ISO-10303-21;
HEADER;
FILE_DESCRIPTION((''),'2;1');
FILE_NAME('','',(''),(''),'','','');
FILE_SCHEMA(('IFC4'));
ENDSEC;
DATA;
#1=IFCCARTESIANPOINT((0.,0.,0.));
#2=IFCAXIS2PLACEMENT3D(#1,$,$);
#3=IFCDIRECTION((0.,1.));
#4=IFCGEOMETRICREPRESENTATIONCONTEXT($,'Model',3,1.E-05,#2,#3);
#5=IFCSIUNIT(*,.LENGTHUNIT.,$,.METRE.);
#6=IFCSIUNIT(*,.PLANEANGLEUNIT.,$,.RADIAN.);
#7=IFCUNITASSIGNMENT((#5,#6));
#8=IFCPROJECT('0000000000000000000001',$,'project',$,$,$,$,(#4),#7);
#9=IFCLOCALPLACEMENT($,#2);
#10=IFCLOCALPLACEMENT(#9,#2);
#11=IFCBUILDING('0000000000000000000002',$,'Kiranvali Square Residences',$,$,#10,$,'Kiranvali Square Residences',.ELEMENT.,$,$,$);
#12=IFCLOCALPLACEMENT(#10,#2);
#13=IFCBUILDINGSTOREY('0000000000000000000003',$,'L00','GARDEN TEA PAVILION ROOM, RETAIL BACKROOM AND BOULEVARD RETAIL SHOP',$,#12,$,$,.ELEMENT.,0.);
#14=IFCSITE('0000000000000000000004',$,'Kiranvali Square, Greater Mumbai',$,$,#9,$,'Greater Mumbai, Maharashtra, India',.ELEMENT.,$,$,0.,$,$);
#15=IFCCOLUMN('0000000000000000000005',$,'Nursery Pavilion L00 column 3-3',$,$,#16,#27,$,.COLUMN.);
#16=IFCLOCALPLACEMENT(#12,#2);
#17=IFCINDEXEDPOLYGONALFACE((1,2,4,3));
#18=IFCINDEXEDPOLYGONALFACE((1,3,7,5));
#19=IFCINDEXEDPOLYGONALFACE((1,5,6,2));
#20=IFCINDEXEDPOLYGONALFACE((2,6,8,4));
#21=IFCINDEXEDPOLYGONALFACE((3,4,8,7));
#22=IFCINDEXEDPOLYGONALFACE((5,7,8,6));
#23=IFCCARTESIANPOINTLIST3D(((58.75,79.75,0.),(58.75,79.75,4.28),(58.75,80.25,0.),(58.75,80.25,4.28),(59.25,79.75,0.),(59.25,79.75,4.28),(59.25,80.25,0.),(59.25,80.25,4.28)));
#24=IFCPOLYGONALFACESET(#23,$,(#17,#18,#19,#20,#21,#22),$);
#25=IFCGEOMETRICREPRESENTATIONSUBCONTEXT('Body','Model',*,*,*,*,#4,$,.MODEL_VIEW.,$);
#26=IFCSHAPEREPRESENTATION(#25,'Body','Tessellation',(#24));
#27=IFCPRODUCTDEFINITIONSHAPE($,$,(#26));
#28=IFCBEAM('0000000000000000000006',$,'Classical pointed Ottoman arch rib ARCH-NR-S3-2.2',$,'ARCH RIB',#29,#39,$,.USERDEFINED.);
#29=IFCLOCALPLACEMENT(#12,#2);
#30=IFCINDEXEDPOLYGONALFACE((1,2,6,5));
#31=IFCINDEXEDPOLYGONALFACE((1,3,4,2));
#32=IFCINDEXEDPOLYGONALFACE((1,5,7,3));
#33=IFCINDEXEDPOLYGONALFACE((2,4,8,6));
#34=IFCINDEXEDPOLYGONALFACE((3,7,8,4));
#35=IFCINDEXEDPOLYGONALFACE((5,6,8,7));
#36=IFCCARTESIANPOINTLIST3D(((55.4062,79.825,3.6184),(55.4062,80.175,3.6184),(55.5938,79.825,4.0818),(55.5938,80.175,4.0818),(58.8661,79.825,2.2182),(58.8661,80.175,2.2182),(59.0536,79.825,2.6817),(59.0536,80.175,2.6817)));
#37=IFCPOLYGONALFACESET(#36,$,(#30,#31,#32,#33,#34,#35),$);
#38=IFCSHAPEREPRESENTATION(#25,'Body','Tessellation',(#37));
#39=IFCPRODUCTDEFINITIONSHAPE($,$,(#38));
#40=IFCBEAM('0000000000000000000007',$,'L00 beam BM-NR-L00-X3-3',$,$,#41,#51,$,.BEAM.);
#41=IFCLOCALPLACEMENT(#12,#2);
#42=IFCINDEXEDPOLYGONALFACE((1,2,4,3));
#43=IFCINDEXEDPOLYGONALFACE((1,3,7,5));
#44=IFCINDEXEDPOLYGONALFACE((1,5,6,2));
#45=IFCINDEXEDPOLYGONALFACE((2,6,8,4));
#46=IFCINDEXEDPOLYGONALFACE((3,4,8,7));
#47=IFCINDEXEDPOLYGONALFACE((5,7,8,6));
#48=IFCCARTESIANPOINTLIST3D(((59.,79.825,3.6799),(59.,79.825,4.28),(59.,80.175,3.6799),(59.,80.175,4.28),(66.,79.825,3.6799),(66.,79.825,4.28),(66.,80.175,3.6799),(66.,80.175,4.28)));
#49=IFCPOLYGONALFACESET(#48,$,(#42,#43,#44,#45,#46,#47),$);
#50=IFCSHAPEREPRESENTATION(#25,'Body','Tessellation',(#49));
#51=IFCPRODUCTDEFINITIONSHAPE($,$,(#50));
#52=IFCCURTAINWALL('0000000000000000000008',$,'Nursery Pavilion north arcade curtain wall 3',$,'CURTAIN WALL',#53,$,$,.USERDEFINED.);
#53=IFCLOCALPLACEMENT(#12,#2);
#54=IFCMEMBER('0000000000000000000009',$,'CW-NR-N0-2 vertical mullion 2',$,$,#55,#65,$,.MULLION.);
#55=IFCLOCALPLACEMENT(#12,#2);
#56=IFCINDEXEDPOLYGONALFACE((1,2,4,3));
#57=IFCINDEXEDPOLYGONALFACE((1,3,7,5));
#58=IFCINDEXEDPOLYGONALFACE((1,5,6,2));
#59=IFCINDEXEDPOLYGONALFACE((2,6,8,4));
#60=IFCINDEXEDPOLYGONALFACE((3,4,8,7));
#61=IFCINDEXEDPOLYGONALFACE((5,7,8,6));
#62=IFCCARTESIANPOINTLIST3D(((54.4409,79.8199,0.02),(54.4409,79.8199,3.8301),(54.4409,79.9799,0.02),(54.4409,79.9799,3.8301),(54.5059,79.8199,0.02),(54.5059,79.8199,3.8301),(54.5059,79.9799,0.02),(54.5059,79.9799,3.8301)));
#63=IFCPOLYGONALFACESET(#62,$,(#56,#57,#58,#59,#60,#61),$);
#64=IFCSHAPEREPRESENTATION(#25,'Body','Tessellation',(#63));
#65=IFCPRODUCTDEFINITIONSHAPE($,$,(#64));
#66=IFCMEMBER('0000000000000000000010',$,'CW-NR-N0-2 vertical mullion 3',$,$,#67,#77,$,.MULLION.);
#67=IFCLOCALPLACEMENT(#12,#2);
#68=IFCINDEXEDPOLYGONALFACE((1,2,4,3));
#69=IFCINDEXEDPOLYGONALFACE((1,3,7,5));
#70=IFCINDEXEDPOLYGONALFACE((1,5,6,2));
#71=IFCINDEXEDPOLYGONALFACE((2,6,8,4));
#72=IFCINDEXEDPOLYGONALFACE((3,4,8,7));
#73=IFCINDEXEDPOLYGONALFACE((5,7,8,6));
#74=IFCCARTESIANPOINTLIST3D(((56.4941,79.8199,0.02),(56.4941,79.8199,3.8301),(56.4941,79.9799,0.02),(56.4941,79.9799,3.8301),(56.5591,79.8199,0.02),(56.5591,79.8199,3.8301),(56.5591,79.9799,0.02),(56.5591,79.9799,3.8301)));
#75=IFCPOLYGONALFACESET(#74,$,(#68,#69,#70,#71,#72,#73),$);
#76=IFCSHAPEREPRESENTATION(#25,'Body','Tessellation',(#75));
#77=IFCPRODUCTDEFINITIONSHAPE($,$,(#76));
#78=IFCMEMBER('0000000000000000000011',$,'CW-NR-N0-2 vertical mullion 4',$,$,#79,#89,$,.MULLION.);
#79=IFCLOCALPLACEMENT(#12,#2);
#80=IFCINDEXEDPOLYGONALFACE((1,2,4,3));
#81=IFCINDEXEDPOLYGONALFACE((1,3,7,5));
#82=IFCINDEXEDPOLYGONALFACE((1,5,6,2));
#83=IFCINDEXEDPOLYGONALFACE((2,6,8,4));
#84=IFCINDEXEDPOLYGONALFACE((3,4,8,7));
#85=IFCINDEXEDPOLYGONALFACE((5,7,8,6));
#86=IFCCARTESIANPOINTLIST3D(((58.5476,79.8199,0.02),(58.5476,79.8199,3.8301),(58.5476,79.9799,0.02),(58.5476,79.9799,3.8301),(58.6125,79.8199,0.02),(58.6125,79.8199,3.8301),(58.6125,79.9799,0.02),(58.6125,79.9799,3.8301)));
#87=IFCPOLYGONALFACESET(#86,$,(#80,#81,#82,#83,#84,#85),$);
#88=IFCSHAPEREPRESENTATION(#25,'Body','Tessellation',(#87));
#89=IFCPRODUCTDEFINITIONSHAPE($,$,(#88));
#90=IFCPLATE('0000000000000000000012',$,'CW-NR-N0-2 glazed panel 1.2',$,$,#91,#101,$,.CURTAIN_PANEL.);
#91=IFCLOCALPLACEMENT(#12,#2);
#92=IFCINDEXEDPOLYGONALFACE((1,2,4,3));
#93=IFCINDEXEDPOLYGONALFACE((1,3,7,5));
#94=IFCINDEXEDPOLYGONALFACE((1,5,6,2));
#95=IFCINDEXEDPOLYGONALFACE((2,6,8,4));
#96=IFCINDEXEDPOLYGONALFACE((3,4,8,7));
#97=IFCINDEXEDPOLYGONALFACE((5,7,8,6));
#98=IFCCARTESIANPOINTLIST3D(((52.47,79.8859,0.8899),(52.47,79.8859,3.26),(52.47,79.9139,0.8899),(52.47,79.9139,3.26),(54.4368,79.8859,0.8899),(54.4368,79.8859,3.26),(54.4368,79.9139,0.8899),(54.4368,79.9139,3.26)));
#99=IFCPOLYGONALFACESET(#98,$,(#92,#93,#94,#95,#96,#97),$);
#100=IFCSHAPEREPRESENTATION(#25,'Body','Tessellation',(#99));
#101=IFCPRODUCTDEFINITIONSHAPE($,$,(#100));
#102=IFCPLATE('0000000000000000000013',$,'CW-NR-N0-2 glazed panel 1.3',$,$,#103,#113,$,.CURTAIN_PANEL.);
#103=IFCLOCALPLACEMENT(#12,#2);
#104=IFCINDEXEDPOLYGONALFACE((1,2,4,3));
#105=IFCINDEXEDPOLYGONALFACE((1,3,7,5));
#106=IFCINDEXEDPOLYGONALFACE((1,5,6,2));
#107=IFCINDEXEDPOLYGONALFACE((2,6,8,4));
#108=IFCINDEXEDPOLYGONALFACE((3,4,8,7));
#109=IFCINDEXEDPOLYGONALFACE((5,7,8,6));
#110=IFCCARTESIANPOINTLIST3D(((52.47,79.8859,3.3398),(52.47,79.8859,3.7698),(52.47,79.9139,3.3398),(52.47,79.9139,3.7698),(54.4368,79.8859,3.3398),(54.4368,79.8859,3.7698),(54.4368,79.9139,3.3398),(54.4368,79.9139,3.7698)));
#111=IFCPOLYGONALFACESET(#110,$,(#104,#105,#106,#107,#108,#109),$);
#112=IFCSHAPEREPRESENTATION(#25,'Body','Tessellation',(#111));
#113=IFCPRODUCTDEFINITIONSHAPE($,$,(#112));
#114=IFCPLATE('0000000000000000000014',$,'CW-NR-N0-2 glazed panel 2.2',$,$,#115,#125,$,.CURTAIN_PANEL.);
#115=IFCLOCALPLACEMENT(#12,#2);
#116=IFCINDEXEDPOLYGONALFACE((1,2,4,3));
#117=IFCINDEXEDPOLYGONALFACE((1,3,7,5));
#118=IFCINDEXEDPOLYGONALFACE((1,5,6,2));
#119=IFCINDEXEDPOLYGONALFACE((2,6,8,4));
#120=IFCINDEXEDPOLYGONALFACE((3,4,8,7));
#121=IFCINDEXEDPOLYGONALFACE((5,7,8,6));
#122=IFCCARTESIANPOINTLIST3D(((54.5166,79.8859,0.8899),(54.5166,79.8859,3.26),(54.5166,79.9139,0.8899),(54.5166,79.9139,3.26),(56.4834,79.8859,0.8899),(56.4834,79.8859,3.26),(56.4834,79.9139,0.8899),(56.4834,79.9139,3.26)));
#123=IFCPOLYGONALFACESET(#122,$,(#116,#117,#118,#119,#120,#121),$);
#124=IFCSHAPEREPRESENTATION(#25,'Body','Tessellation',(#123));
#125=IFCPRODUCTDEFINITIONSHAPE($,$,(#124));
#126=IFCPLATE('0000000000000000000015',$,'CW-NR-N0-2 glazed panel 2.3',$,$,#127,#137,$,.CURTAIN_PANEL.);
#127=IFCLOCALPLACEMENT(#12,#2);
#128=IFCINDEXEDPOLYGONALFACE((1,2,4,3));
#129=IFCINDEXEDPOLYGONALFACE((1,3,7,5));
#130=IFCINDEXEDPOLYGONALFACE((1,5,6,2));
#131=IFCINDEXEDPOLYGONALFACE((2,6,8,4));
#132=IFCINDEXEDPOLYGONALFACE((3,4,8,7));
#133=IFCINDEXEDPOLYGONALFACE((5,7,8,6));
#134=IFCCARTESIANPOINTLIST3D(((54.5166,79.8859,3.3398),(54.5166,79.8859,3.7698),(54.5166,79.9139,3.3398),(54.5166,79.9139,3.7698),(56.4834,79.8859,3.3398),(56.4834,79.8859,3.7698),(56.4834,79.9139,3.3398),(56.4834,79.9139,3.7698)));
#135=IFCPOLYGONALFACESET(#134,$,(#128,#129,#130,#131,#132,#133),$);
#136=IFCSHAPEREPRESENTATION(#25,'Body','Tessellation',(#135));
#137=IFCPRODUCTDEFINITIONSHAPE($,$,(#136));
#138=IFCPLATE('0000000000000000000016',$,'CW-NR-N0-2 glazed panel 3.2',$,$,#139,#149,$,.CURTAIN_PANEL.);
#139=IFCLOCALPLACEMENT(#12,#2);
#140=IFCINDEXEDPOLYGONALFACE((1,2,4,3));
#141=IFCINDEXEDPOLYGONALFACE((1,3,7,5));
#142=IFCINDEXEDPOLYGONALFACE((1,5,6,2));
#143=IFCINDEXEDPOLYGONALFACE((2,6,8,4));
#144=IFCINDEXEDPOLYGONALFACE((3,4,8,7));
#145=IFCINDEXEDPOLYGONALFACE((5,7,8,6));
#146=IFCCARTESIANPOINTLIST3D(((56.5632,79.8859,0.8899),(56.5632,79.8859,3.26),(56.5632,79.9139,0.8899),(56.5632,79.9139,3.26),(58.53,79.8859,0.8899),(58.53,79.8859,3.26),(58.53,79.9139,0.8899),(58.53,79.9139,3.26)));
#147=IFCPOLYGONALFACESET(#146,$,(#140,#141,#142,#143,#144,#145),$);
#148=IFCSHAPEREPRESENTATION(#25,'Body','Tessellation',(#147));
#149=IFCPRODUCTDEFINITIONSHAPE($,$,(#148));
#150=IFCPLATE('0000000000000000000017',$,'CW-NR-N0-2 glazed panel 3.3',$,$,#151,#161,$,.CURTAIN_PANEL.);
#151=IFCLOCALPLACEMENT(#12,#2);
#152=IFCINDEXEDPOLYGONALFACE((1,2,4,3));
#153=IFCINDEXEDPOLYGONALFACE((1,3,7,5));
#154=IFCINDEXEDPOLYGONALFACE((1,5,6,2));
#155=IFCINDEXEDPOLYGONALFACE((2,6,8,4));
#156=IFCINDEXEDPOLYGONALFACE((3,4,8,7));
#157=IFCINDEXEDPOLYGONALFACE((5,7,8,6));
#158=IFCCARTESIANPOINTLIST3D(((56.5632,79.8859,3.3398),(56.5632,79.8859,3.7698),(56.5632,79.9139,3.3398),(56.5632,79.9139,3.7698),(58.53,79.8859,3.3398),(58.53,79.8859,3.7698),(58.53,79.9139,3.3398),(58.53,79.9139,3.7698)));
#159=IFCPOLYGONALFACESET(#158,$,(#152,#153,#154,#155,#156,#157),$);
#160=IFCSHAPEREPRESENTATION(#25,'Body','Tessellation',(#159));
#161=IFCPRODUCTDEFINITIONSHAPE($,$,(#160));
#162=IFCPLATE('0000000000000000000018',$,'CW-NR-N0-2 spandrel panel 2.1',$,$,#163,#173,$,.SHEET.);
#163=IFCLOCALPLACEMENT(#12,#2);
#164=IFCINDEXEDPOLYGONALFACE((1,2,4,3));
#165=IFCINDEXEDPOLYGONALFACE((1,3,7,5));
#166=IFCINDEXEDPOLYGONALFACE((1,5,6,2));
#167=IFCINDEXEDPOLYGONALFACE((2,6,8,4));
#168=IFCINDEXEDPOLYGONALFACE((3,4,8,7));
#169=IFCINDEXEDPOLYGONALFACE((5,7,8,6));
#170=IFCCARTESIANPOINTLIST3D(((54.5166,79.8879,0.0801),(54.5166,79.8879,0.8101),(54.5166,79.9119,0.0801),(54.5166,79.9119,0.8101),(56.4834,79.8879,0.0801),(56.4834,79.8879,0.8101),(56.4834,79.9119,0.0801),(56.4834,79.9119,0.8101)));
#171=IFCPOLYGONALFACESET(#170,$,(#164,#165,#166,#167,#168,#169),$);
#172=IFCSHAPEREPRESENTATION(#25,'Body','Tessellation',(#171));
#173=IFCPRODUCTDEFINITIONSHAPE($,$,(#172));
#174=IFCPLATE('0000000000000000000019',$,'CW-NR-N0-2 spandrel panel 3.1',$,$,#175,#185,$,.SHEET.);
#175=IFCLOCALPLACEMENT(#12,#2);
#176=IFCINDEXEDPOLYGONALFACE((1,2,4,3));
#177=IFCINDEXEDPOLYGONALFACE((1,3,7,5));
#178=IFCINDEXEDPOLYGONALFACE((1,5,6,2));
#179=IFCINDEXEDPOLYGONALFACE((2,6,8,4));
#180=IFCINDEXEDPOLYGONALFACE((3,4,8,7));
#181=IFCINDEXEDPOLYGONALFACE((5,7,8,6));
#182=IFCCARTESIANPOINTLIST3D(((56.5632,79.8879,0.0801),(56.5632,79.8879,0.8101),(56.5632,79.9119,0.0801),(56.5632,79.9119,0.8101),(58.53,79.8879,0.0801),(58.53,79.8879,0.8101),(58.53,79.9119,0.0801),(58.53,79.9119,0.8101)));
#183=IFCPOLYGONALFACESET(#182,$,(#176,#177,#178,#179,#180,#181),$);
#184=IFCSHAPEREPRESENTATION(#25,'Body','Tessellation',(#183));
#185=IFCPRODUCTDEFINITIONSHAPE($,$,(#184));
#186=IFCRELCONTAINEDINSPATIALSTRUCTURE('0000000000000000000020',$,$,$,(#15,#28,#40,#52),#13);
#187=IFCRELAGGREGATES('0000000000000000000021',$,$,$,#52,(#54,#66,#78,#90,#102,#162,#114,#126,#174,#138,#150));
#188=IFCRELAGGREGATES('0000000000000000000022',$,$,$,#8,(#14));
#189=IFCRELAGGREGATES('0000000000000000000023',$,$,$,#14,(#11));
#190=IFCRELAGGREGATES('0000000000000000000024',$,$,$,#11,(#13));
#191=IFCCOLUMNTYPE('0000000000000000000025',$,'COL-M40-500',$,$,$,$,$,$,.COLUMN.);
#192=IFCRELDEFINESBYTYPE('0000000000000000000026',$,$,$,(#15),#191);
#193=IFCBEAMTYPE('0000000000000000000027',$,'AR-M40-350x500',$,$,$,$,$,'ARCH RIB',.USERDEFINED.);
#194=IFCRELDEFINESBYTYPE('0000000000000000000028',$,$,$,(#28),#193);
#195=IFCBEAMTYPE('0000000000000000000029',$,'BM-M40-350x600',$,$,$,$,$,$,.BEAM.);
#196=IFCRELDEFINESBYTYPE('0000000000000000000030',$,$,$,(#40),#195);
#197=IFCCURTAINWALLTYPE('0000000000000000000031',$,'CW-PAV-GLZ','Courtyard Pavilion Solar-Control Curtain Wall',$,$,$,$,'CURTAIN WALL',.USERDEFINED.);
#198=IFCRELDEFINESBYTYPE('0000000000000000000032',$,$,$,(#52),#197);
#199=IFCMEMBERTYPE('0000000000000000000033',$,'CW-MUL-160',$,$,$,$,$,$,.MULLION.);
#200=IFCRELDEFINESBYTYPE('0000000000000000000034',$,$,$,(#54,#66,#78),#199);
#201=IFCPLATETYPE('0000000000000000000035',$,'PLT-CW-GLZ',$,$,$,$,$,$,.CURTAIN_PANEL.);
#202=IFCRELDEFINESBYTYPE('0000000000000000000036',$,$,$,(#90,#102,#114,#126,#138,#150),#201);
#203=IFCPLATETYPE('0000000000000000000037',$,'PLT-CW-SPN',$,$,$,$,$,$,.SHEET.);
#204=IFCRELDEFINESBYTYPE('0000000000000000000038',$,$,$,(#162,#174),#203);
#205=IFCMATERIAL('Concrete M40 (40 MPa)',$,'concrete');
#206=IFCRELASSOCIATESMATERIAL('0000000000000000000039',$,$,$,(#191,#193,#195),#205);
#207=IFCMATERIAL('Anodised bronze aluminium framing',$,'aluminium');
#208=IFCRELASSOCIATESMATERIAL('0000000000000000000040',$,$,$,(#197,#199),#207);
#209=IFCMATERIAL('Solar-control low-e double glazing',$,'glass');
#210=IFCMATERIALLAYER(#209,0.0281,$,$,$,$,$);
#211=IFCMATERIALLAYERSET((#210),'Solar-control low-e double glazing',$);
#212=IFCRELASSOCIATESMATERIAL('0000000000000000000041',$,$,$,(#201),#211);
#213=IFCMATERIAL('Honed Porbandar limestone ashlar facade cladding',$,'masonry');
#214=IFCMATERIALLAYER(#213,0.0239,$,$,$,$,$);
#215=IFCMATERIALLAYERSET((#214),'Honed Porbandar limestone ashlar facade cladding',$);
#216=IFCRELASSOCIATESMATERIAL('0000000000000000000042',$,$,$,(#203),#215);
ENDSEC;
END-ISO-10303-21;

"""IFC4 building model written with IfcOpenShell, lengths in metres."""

from ifc_helpers import new_model, si_unit, direction, frame, origin, origin_2d, place, context, subcontext, project, spatial, rectangle, extrude, material, layer, layer_set, material_profile, profile_set, type_object, element, aggregate, save


model = new_model("IFC4")

# Units and contexts
model_context = context("Model", 3, precision=1e-05, world=origin(), true_north=direction((0.0, 1.0)))
body_context = subcontext(model_context, "Body", "Model", "MODEL_VIEW")
ifc_project = project(units=[si_unit("LENGTHUNIT", "METRE"), si_unit("PLANEANGLEUNIT", "RADIAN")], contexts=[model_context])

# Site, building, storey
site_placement = place(None, origin())
site = spatial("IfcSite", under=ifc_project, at=site_placement, Name="Kiranvali Square, Greater Mumbai", LongName="Greater Mumbai, Maharashtra, India", CompositionType="ELEMENT", RefElevation=0.0)
building_placement = place(site_placement, origin())
building = spatial("IfcBuilding", under=site, at=building_placement, Name="Kiranvali Square Residences", LongName="Kiranvali Square Residences", CompositionType="ELEMENT")
storey_placement = place(building_placement, origin())
storey = spatial("IfcBuildingStorey", under=building, at=storey_placement, Name="L00", Description="GARDEN TEA PAVILION ROOM, RETAIL BACKROOM AND BOULEVARD RETAIL SHOP", CompositionType="ELEMENT", Elevation=0.0)

# Column
ifc_material_1 = material(Name="Concrete M40 (40 MPa)", Category="concrete")
ifc_material_profile_1 = material_profile(ifc_material_1, rectangle(XDim=0.5, YDim=0.5, at=origin_2d()), Name="RC 500x500")
ifc_profile_set_1 = profile_set([ifc_material_profile_1], Name="Concrete M40 (40 MPa)")
column_type = type_object("IfcColumnType", Name="COL-M40-500", PredefinedType="COLUMN", material=ifc_profile_set_1)
column_placement = place(storey_placement, frame((59.0, 80.0, 0.0), z_axis=(0.0, 0.0, 1.0), x_axis=(1.0, 0.0, 0.0)))
element("IfcColumn", 1, at=column_placement, inside=storey, type_object=column_type, Name="Nursery Pavilion L00 column 3-3", PredefinedType="COLUMN", context=body_context, shape_type="SweptSolid", body=[
    extrude(rectangle(XDim=0.5, YDim=0.5, at=origin_2d()), origin(), (0.0, 0.0, 1.0), 4.28),
])

# Beams
ifc_material_profile_2 = material_profile(ifc_material_1, rectangle(XDim=0.3501, YDim=0.5, at=origin_2d()), Name="RC 350x500")
ifc_profile_set_2 = profile_set([ifc_material_profile_2], Name="Concrete M40 (40 MPa)")
beam_type_1 = type_object("IfcBeamType", Name="AR-M40-350x500", ElementType="ARCH RIB", PredefinedType="USERDEFINED", material=ifc_profile_set_2)
beam_1_placement = place(storey_placement, frame((55.5, 80.0, 3.8501), z_axis=(0.926976, 0.0, -0.37512), x_axis=(0.0, 1.0, 0.0)))
element("IfcBeam", 2, at=beam_1_placement, inside=storey, type_object=beam_type_1, Name="Classical pointed Ottoman arch rib ARCH-NR-S3-2.2", ObjectType="ARCH RIB", PredefinedType="USERDEFINED", context=body_context, shape_type="SweptSolid", body=[
    extrude(rectangle(XDim=0.3501, YDim=0.5, at=origin_2d()), origin(), (0.0, 0.0, 1.0), 3.7324),
])
ifc_material_profile_3 = material_profile(ifc_material_1, rectangle(XDim=0.3501, YDim=0.6001, at=origin_2d()), Name="RC 350x600")
ifc_profile_set_3 = profile_set([ifc_material_profile_3], Name="Concrete M40 (40 MPa)")
beam_type_2 = type_object("IfcBeamType", Name="BM-M40-350x600", PredefinedType="BEAM", material=ifc_profile_set_3)
beam_2_placement = place(storey_placement, frame((59.0, 80.0, 3.98), z_axis=(1.0, 0.0, 0.0), x_axis=(0.0, 1.0, 0.0)))
element("IfcBeam", 3, at=beam_2_placement, inside=storey, type_object=beam_type_2, Name="L00 beam BM-NR-L00-X3-3", PredefinedType="BEAM", context=body_context, shape_type="SweptSolid", body=[
    extrude(rectangle(XDim=0.3501, YDim=0.6001, at=origin_2d()), origin(), (0.0, 0.0, 1.0), 7.0),
])

# Curtain wall, members, plates
ifc_material_2 = material(Name="Anodised bronze aluminium framing", Category="aluminium")
curtain_wall_type = type_object("IfcCurtainWallType", Name="CW-PAV-GLZ", Description="Courtyard Pavilion Solar-Control Curtain Wall", ElementType="CURTAIN WALL", PredefinedType="USERDEFINED", material=ifc_material_2)
curtain_wall_placement = place(storey_placement, origin())
curtain_wall = element("IfcCurtainWall", 4, at=curtain_wall_placement, inside=storey, type_object=curtain_wall_type, Name="Nursery Pavilion north arcade curtain wall 3", ObjectType="CURTAIN WALL", PredefinedType="USERDEFINED")
ifc_material_profile_4 = material_profile(ifc_material_2, rectangle(XDim=0.0649, YDim=0.1599, at=origin_2d()), Name="ALU 65x160")
ifc_profile_set_4 = profile_set([ifc_material_profile_4], Name="Anodised bronze aluminium framing")
member_type = type_object("IfcMemberType", Name="CW-MUL-160", PredefinedType="MULLION", material=ifc_profile_set_4)
member_1_placement = place(storey_placement, frame((54.4734, 79.8999, 0.02), z_axis=(0.0, 0.0, 1.0), x_axis=(1.0, 0.0, 0.0)))
member_1 = element("IfcMember", 5, at=member_1_placement, type_object=member_type, Name="CW-NR-N0-2 vertical mullion 2", PredefinedType="MULLION", context=body_context, shape_type="SweptSolid", body=[
    extrude(rectangle(XDim=0.0649, YDim=0.1599, at=origin_2d()), origin(), (0.0, 0.0, 1.0), 3.8101),
])
member_2_placement = place(storey_placement, frame((56.5266, 79.8999, 0.02), z_axis=(0.0, 0.0, 1.0), x_axis=(1.0, 0.0, 0.0)))
member_2 = element("IfcMember", 6, at=member_2_placement, type_object=member_type, Name="CW-NR-N0-2 vertical mullion 3", PredefinedType="MULLION", context=body_context, shape_type="SweptSolid", body=[
    extrude(rectangle(XDim=0.0649, YDim=0.1599, at=origin_2d()), origin(), (0.0, 0.0, 1.0), 3.8101),
])
member_3_placement = place(storey_placement, frame((58.5801, 79.8999, 0.02), z_axis=(0.0, 0.0, 1.0), x_axis=(1.0, 0.0, 0.0)))
member_3 = element("IfcMember", 7, at=member_3_placement, type_object=member_type, Name="CW-NR-N0-2 vertical mullion 4", PredefinedType="MULLION", context=body_context, shape_type="SweptSolid", body=[
    extrude(rectangle(XDim=0.0649, YDim=0.1599, at=origin_2d()), origin(), (0.0, 0.0, 1.0), 3.8101),
])
ifc_material_3 = material(Name="Solar-control low-e double glazing", Category="glass")
ifc_layer_1 = layer(ifc_material_3, 0.0281)
ifc_layer_set_1 = layer_set([ifc_layer_1], Name="Solar-control low-e double glazing")
plate_type_1 = type_object("IfcPlateType", Name="PLT-CW-GLZ", PredefinedType="CURTAIN_PANEL", material=ifc_layer_set_1)
plate_1_placement = place(storey_placement, frame((53.4534, 79.8999, 0.8899), z_axis=(0.0, 0.0, 1.0), x_axis=(1.0, 0.0, 0.0)))
plate_1 = element("IfcPlate", 8, at=plate_1_placement, type_object=plate_type_1, Name="CW-NR-N0-2 glazed panel 1.2", PredefinedType="CURTAIN_PANEL", context=body_context, shape_type="SweptSolid", body=[
    extrude(rectangle(XDim=1.9668, YDim=0.0281, at=origin_2d()), origin(), (0.0, 0.0, 1.0), 2.3701),
])
plate_2_placement = place(storey_placement, frame((53.4534, 79.8999, 3.3398), z_axis=(0.0, 0.0, 1.0), x_axis=(1.0, 0.0, 0.0)))
plate_2 = element("IfcPlate", 9, at=plate_2_placement, type_object=plate_type_1, Name="CW-NR-N0-2 glazed panel 1.3", PredefinedType="CURTAIN_PANEL", context=body_context, shape_type="SweptSolid", body=[
    extrude(rectangle(XDim=1.9668, YDim=0.0281, at=origin_2d()), origin(), (0.0, 0.0, 1.0), 0.4299),
])
plate_3_placement = place(storey_placement, frame((55.5, 79.8999, 0.8899), z_axis=(0.0, 0.0, 1.0), x_axis=(1.0, 0.0, 0.0)))
plate_3 = element("IfcPlate", 10, at=plate_3_placement, type_object=plate_type_1, Name="CW-NR-N0-2 glazed panel 2.2", PredefinedType="CURTAIN_PANEL", context=body_context, shape_type="SweptSolid", body=[
    extrude(rectangle(XDim=1.9668, YDim=0.0281, at=origin_2d()), origin(), (0.0, 0.0, 1.0), 2.3701),
])
plate_4_placement = place(storey_placement, frame((55.5, 79.8999, 3.3398), z_axis=(0.0, 0.0, 1.0), x_axis=(1.0, 0.0, 0.0)))
plate_4 = element("IfcPlate", 11, at=plate_4_placement, type_object=plate_type_1, Name="CW-NR-N0-2 glazed panel 2.3", PredefinedType="CURTAIN_PANEL", context=body_context, shape_type="SweptSolid", body=[
    extrude(rectangle(XDim=1.9668, YDim=0.0281, at=origin_2d()), origin(), (0.0, 0.0, 1.0), 0.4299),
])
plate_5_placement = place(storey_placement, frame((57.5466, 79.8999, 0.8899), z_axis=(0.0, 0.0, 1.0), x_axis=(1.0, 0.0, 0.0)))
plate_5 = element("IfcPlate", 12, at=plate_5_placement, type_object=plate_type_1, Name="CW-NR-N0-2 glazed panel 3.2", PredefinedType="CURTAIN_PANEL", context=body_context, shape_type="SweptSolid", body=[
    extrude(rectangle(XDim=1.9668, YDim=0.0281, at=origin_2d()), origin(), (0.0, 0.0, 1.0), 2.3701),
])
plate_6_placement = place(storey_placement, frame((57.5466, 79.8999, 3.3398), z_axis=(0.0, 0.0, 1.0), x_axis=(1.0, 0.0, 0.0)))
plate_6 = element("IfcPlate", 13, at=plate_6_placement, type_object=plate_type_1, Name="CW-NR-N0-2 glazed panel 3.3", PredefinedType="CURTAIN_PANEL", context=body_context, shape_type="SweptSolid", body=[
    extrude(rectangle(XDim=1.9668, YDim=0.0281, at=origin_2d()), origin(), (0.0, 0.0, 1.0), 0.4299),
])
ifc_material_4 = material(Name="Honed Porbandar limestone ashlar facade cladding", Category="masonry")
ifc_layer_2 = layer(ifc_material_4, 0.0239)
ifc_layer_set_2 = layer_set([ifc_layer_2], Name="Honed Porbandar limestone ashlar facade cladding")
plate_type_2 = type_object("IfcPlateType", Name="PLT-CW-SPN", PredefinedType="SHEET", material=ifc_layer_set_2)
plate_7_placement = place(storey_placement, frame((55.5, 79.8999, 0.0801), z_axis=(0.0, 0.0, 1.0), x_axis=(1.0, 0.0, 0.0)))
plate_7 = element("IfcPlate", 14, at=plate_7_placement, type_object=plate_type_2, Name="CW-NR-N0-2 spandrel panel 2.1", PredefinedType="SHEET", context=body_context, shape_type="SweptSolid", body=[
    extrude(rectangle(XDim=1.9668, YDim=0.0239, at=origin_2d()), origin(), (0.0, 0.0, 1.0), 0.73),
])
plate_8_placement = place(storey_placement, frame((57.5466, 79.8999, 0.0801), z_axis=(0.0, 0.0, 1.0), x_axis=(1.0, 0.0, 0.0)))
plate_8 = element("IfcPlate", 15, at=plate_8_placement, type_object=plate_type_2, Name="CW-NR-N0-2 spandrel panel 3.1", PredefinedType="SHEET", context=body_context, shape_type="SweptSolid", body=[
    extrude(rectangle(XDim=1.9668, YDim=0.0239, at=origin_2d()), origin(), (0.0, 0.0, 1.0), 0.73),
])
aggregate(curtain_wall, [member_1, member_2, member_3, plate_1, plate_2, plate_7, plate_3, plate_4, plate_8, plate_5, plate_6])

save(model, "model.ifc")
